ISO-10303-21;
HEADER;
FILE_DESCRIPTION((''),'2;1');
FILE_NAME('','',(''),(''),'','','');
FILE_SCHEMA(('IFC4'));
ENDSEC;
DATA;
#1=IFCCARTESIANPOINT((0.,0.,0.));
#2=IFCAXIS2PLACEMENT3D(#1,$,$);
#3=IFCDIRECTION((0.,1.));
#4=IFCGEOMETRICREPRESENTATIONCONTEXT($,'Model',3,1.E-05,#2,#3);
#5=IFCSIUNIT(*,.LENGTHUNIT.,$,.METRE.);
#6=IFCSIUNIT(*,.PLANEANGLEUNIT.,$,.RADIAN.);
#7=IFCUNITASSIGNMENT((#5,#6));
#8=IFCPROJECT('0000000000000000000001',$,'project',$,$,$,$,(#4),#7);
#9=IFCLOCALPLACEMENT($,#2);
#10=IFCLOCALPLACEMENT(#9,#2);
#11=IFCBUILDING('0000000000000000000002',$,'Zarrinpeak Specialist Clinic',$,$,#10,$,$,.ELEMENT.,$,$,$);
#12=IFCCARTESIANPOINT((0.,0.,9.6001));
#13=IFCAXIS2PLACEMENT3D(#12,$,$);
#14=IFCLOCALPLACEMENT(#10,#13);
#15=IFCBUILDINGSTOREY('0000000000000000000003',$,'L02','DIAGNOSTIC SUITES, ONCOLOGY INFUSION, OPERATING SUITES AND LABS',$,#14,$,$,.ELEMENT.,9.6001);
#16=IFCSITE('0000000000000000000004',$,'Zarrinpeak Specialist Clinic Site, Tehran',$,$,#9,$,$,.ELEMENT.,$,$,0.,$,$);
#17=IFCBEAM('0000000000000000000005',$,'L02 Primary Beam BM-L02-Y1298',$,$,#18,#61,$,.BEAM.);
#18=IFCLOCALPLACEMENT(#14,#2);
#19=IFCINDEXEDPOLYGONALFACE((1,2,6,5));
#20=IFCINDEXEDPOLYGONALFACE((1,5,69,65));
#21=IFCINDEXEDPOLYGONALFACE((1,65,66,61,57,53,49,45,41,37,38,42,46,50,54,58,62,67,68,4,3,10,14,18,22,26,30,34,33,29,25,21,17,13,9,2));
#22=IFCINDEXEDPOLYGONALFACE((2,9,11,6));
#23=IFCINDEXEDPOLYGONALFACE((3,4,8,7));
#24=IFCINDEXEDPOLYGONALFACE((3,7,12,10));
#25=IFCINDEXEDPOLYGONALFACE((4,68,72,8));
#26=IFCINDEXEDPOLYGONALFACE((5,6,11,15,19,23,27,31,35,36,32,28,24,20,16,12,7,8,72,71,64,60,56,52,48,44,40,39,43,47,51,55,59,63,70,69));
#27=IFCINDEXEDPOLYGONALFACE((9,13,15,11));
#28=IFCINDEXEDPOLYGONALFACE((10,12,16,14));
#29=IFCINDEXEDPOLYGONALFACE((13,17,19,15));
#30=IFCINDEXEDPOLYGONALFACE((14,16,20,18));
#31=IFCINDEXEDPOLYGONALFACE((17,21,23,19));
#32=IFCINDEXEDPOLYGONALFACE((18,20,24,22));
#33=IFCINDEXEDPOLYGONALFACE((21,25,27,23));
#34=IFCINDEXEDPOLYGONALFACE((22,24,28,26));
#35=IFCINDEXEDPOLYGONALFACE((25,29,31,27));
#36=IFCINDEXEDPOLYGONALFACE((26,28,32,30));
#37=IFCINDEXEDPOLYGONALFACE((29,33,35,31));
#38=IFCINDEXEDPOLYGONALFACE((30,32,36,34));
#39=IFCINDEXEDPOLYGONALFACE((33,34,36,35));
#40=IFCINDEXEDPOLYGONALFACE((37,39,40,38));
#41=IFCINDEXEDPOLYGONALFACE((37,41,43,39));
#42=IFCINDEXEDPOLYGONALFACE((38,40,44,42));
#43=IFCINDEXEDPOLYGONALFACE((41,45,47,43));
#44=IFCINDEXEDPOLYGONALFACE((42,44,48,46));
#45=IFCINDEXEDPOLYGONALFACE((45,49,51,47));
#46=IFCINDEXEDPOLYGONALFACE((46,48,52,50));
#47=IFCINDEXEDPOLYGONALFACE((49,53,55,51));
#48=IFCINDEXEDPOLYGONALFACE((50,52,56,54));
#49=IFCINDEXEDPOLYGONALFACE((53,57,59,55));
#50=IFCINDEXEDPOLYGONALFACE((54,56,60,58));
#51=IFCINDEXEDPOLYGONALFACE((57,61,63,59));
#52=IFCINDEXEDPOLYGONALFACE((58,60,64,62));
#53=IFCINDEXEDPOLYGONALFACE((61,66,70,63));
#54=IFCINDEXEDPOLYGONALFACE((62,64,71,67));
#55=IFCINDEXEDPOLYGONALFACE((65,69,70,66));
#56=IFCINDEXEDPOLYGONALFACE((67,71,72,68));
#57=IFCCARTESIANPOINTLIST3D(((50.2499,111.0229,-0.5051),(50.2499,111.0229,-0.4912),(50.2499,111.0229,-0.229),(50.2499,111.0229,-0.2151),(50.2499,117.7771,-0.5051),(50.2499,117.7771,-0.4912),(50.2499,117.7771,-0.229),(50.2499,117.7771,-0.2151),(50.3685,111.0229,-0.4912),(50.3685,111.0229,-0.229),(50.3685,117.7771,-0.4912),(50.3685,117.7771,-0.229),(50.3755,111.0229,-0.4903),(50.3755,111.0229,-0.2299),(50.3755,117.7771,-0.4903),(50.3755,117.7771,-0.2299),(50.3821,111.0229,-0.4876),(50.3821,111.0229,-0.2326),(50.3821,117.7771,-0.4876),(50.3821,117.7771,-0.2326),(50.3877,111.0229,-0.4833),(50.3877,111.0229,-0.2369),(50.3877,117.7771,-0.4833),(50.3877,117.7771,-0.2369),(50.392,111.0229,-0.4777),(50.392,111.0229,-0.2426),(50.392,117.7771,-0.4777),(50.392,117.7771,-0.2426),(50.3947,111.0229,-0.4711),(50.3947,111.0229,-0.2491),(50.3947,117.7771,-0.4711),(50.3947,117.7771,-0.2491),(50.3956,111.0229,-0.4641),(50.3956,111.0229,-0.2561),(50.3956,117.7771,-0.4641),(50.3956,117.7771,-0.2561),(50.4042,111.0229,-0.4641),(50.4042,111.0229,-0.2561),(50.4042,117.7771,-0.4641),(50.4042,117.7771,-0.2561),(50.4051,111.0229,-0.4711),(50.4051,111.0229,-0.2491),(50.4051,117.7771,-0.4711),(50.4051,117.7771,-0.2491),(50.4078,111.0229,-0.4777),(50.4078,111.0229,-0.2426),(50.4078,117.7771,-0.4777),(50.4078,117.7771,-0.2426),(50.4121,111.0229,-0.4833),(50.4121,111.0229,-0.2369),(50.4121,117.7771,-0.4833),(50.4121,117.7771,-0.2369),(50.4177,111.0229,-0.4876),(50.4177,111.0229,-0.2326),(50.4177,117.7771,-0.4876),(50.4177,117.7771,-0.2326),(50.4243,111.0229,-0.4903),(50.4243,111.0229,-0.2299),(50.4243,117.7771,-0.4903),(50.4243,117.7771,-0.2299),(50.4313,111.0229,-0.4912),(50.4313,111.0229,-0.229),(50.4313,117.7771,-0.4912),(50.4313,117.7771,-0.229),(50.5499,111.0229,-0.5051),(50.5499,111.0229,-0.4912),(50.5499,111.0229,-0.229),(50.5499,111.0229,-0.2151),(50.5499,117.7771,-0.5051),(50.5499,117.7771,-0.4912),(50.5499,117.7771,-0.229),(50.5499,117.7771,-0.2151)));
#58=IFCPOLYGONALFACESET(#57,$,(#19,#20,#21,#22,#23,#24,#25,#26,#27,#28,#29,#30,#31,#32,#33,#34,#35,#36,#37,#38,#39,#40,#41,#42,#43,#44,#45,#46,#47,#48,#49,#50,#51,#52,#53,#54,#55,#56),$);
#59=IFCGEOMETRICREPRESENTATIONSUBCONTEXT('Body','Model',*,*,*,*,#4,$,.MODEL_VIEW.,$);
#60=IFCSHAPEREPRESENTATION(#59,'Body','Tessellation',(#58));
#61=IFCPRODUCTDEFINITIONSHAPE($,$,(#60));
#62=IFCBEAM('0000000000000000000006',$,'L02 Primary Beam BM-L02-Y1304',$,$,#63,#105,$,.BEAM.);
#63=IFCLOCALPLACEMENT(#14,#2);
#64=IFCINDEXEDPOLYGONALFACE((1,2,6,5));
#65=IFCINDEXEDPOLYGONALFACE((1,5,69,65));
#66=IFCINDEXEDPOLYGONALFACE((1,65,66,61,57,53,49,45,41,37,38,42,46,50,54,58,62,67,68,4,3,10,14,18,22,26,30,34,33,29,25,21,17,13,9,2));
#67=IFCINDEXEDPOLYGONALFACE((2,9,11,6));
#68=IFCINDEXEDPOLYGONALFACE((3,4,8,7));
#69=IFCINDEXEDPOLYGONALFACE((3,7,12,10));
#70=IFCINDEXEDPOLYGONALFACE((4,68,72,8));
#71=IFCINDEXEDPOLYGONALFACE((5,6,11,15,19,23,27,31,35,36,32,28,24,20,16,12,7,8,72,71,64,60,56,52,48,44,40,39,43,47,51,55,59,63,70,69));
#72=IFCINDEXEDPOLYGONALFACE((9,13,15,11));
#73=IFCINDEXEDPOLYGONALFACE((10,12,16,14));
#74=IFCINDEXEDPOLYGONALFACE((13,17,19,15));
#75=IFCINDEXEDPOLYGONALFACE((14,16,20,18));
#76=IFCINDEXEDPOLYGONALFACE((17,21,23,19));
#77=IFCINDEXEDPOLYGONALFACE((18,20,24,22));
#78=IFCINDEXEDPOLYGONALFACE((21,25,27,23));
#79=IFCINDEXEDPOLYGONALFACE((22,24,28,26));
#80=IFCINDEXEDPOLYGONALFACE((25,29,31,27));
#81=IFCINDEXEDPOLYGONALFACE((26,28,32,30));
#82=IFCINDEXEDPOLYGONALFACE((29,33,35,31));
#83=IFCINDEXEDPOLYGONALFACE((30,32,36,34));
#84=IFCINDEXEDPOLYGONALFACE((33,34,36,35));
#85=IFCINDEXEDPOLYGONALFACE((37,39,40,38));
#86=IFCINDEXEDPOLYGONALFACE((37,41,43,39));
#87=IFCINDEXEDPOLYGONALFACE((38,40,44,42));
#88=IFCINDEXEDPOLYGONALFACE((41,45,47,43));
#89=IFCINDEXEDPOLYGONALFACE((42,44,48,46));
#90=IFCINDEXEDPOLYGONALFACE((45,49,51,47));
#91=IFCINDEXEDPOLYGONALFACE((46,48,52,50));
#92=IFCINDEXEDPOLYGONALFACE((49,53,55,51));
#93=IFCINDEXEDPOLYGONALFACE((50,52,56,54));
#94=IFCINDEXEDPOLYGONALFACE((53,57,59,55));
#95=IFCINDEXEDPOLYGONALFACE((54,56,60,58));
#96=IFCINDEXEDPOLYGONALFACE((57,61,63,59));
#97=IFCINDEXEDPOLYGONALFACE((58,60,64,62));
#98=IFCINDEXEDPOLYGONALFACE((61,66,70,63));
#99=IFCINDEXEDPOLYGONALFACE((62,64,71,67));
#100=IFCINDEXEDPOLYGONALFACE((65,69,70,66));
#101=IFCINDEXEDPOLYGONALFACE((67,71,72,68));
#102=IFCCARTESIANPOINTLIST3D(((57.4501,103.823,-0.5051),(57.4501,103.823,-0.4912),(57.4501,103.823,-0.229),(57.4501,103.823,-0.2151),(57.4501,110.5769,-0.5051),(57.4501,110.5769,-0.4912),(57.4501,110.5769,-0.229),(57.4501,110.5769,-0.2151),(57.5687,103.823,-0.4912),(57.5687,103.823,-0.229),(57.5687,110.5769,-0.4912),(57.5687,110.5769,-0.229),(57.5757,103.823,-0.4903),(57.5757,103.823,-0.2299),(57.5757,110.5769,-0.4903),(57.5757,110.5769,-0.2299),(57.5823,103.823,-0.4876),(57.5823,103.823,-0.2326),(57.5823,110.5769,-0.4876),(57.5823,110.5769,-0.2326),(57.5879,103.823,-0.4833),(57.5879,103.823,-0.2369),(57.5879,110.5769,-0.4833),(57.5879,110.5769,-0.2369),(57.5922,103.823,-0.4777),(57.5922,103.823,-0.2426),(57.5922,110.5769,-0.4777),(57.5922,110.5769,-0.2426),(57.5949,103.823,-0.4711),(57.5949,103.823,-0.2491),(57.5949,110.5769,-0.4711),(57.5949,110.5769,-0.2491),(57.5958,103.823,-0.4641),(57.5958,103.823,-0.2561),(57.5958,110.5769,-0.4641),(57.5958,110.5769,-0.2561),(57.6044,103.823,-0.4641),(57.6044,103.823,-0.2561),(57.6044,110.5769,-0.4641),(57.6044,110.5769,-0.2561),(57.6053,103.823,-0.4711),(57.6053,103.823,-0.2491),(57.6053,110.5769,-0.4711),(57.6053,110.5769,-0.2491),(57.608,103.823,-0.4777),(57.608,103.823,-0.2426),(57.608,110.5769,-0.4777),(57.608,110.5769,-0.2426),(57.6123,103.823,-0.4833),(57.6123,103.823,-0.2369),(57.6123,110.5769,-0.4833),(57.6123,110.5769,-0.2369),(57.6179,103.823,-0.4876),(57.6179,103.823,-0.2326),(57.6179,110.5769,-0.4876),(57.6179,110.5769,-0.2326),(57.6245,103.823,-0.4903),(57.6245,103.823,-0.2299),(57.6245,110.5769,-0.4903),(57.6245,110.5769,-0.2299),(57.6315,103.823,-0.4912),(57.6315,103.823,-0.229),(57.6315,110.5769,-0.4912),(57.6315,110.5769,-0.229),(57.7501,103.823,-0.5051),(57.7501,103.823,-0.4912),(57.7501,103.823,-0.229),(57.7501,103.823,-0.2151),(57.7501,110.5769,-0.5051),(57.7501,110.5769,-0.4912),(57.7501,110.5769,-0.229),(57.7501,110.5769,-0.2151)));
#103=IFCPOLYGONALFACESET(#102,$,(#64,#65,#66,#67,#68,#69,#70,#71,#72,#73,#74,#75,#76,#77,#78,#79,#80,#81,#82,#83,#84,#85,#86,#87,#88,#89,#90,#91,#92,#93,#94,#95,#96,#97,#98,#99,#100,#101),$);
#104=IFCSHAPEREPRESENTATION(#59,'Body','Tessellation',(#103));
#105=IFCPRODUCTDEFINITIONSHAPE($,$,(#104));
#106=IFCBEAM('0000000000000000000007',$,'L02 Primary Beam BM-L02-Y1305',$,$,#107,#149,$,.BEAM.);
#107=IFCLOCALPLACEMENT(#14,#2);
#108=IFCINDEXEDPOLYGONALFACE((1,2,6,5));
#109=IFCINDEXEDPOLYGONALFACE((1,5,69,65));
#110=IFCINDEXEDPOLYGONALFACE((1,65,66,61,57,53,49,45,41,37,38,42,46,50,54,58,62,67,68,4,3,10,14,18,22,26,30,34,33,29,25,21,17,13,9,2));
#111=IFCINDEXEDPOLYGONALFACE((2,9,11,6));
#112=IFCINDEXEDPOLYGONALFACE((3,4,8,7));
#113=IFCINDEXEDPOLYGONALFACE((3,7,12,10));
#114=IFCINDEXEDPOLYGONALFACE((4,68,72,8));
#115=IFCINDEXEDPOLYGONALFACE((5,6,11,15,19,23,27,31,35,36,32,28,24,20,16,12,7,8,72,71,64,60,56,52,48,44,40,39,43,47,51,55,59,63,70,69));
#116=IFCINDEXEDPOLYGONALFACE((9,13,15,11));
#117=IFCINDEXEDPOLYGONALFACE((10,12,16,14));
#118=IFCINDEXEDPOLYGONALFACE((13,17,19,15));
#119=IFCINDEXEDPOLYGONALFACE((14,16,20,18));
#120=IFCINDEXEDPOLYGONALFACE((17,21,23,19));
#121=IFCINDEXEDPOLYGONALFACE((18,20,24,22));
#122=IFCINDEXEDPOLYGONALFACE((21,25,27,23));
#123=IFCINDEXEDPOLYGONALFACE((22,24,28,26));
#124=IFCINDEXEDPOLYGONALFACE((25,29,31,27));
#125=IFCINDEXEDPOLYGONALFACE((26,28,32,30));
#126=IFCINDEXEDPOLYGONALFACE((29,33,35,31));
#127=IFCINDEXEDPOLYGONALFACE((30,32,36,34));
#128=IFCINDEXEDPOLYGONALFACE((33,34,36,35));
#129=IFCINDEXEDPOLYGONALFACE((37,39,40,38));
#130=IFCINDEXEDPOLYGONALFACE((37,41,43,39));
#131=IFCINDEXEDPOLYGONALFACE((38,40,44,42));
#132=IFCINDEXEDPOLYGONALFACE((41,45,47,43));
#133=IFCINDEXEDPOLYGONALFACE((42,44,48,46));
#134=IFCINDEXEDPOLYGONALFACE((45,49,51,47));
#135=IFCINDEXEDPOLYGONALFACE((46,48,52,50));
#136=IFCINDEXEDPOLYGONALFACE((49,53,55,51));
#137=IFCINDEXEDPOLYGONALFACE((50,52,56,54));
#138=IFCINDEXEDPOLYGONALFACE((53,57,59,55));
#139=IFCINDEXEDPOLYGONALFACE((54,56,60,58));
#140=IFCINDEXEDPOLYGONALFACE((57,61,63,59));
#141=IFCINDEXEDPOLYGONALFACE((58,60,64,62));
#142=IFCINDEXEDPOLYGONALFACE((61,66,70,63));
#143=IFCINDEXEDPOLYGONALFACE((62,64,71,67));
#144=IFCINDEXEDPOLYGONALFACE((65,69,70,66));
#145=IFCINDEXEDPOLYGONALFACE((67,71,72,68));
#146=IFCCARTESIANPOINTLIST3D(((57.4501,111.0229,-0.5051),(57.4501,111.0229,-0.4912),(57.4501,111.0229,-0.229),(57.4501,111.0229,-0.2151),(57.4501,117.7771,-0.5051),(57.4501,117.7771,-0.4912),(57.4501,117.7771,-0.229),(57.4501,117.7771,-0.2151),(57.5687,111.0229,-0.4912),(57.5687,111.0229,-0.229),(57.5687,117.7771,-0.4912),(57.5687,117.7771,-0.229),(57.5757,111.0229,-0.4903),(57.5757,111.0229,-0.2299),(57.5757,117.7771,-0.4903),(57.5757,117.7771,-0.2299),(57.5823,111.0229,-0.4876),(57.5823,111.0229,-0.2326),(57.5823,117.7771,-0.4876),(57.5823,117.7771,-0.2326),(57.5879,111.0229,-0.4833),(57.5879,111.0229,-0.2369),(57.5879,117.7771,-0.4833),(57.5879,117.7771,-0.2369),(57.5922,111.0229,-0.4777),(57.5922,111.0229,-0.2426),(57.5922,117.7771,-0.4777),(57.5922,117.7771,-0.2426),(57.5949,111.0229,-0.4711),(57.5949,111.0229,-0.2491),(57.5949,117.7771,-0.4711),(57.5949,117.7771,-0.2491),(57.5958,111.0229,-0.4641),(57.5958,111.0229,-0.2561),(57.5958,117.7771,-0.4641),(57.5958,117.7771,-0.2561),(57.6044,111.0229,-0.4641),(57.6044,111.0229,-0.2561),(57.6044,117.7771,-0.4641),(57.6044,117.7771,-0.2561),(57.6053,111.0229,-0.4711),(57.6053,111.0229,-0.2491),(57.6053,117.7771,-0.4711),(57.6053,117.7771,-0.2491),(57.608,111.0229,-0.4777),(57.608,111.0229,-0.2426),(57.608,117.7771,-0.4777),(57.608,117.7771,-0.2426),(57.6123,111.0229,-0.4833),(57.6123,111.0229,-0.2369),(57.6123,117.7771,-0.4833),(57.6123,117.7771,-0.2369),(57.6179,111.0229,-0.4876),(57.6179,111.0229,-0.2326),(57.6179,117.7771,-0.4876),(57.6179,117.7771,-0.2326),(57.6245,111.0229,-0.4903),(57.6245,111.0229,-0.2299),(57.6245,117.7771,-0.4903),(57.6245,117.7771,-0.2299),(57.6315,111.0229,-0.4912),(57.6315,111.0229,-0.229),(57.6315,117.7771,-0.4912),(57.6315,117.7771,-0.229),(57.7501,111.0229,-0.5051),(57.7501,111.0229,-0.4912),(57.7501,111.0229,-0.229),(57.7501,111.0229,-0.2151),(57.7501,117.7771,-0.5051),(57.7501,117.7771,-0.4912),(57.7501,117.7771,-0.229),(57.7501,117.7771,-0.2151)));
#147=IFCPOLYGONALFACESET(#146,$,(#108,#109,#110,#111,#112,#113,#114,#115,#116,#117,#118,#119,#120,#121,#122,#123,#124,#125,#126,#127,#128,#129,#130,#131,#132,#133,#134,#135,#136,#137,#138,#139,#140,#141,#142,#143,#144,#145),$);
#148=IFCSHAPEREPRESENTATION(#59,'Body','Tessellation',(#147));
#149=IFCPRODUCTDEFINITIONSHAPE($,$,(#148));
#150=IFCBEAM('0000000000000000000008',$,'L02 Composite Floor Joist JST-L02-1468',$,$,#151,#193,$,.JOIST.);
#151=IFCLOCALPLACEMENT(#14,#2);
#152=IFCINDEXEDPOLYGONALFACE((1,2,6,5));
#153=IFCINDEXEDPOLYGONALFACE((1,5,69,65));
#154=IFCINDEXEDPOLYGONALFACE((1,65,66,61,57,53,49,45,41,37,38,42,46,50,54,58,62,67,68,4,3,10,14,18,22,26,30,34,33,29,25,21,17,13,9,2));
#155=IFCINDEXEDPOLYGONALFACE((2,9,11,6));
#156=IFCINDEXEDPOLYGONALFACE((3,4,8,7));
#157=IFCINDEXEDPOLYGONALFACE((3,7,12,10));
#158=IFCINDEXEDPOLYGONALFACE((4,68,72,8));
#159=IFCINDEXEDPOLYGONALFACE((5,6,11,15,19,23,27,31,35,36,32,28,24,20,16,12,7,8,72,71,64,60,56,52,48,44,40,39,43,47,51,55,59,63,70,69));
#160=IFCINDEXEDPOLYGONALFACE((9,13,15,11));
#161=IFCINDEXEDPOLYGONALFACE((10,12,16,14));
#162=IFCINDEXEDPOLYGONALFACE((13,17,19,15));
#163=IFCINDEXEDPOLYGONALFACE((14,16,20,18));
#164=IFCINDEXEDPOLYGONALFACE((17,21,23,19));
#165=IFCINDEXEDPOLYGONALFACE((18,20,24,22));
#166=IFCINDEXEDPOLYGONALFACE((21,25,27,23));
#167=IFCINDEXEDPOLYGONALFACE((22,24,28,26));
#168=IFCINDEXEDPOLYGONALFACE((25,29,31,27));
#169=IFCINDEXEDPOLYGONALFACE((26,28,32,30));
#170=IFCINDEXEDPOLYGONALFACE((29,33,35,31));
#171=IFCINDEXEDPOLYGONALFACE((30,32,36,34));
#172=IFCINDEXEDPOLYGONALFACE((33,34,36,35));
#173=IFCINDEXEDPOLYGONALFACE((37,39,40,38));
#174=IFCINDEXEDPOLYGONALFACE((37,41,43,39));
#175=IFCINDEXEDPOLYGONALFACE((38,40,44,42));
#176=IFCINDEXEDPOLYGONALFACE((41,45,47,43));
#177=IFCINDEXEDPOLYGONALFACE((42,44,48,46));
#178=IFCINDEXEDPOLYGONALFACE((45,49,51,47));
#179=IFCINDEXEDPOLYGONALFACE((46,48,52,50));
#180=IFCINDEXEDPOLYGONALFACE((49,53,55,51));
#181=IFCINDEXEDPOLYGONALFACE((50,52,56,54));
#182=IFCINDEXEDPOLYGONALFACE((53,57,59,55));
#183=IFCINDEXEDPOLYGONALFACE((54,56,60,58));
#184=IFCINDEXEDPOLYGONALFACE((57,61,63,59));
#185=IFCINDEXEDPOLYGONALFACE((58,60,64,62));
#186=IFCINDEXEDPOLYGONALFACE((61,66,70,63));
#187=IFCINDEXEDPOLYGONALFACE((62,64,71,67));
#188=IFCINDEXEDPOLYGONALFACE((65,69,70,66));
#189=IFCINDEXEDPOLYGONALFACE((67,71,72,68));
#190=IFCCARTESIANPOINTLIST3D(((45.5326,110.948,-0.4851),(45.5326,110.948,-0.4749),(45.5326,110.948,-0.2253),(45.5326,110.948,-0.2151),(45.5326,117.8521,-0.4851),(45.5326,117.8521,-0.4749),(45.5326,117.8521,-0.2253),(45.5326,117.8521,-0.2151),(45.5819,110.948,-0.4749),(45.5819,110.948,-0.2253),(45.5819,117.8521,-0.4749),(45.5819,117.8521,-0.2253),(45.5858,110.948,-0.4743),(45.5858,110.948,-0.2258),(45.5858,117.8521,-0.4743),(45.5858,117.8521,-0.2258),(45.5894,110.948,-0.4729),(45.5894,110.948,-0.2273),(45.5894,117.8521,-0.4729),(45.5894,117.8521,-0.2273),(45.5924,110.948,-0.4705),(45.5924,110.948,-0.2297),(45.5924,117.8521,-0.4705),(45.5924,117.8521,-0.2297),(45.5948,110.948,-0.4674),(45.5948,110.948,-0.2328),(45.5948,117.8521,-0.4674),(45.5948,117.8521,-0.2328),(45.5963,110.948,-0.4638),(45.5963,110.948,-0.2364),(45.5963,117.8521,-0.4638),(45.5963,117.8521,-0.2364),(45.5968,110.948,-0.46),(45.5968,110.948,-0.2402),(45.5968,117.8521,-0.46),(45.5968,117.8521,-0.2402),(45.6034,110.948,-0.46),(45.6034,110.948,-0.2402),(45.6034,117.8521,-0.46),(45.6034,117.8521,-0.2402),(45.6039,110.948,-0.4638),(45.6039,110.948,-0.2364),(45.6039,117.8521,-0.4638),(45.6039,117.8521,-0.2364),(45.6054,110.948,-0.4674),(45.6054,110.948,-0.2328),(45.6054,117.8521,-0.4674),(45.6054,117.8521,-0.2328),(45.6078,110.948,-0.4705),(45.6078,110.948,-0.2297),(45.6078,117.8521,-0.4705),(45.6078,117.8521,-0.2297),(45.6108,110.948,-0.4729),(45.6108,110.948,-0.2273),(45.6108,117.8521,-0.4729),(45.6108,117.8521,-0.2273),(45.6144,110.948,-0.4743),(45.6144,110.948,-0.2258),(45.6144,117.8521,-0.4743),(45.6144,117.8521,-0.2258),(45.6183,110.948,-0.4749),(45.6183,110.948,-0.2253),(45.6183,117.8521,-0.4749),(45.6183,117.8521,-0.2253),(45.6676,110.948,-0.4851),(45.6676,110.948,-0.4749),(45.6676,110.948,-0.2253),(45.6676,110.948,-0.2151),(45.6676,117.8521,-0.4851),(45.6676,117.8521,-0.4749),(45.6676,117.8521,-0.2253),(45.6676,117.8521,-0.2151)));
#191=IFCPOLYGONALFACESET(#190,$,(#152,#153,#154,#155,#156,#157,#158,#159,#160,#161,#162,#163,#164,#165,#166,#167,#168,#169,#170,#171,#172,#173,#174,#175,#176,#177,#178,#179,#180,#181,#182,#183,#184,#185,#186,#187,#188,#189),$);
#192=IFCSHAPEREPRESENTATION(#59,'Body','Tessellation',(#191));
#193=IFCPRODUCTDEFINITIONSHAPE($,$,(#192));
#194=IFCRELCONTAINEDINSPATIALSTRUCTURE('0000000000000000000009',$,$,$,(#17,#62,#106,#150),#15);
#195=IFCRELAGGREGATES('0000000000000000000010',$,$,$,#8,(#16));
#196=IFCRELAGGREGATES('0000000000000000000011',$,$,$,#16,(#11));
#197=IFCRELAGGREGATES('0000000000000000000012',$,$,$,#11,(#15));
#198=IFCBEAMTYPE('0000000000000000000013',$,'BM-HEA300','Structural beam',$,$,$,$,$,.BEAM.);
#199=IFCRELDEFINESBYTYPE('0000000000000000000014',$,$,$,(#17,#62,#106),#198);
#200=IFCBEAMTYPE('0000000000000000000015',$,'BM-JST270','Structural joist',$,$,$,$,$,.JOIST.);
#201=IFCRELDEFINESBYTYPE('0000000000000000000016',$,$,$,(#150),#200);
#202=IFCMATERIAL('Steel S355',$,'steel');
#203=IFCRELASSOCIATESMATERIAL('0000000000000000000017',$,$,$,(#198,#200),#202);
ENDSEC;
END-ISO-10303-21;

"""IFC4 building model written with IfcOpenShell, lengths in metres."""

from ifc_helpers import new_model, si_unit, direction, frame, origin, origin_2d, place, context, subcontext, project, spatial, i_section, extrude, material, material_profile, profile_set, type_object, element, save


model = new_model("IFC4")

# Units and contexts
model_context = context("Model", 3, precision=1e-05, world=origin(), true_north=direction((0.0, 1.0)))
body_context = subcontext(model_context, "Body", "Model", "MODEL_VIEW")
ifc_project = project(units=[si_unit("LENGTHUNIT", "METRE"), si_unit("PLANEANGLEUNIT", "RADIAN")], contexts=[model_context])

# Site, building, storey
site_placement = place(None, origin())
site = spatial("IfcSite", under=ifc_project, at=site_placement, Name="Zarrinpeak Specialist Clinic Site, Tehran", CompositionType="ELEMENT", RefElevation=0.0)
building_placement = place(site_placement, origin())
building = spatial("IfcBuilding", under=site, at=building_placement, Name="Zarrinpeak Specialist Clinic", CompositionType="ELEMENT")
storey_placement = place(building_placement, frame((0.0, 0.0, 9.6001)))
storey = spatial("IfcBuildingStorey", under=building, at=storey_placement, Name="L02", Description="DIAGNOSTIC SUITES, ONCOLOGY INFUSION, OPERATING SUITES AND LABS", CompositionType="ELEMENT", Elevation=9.6001)

# Shared definitions
ifc_material_1 = material(Name="Steel S355", Category="steel")

# Beams
ifc_material_profile_1 = material_profile(ifc_material_1, i_section(OverallWidth=0.3, OverallDepth=0.29, WebThickness=0.0085, FlangeThickness=0.0139, FilletRadius=0.0271, at=origin_2d()), Name="HEA 300")
ifc_profile_set_1 = profile_set([ifc_material_profile_1], Name="Steel S355")
beam_type_1 = type_object("IfcBeamType", Name="BM-HEA300", Description="Structural beam", PredefinedType="BEAM", material=ifc_profile_set_1)
beam_1_placement = place(storey_placement, frame((50.3999, 111.0229, -0.3601), z_axis=(0.0, 1.0, 0.0), x_axis=(-1.0, 0.0, 0.0)))
element("IfcBeam", 1, at=beam_1_placement, inside=storey, type_object=beam_type_1, Name="L02 Primary Beam BM-L02-Y1298", PredefinedType="BEAM", context=body_context, shape_type="SweptSolid", body=[
    extrude(i_section(OverallWidth=0.3, OverallDepth=0.29, WebThickness=0.0085, FlangeThickness=0.0139, FilletRadius=0.0271, at=origin_2d()), origin(), (0.0, 0.0, 1.0), 6.7542),
])
beam_2_placement = place(storey_placement, frame((57.6001, 103.823, -0.3601), z_axis=(0.0, 1.0, 0.0), x_axis=(-1.0, 0.0, 0.0)))
element("IfcBeam", 2, at=beam_2_placement, inside=storey, type_object=beam_type_1, Name="L02 Primary Beam BM-L02-Y1304", PredefinedType="BEAM", context=body_context, shape_type="SweptSolid", body=[
    extrude(i_section(OverallWidth=0.3, OverallDepth=0.29, WebThickness=0.0085, FlangeThickness=0.0139, FilletRadius=0.0271, at=origin_2d()), origin(), (0.0, 0.0, 1.0), 6.7539),
])
beam_3_placement = place(storey_placement, frame((57.6001, 111.0229, -0.3601), z_axis=(0.0, 1.0, 0.0), x_axis=(-1.0, 0.0, 0.0)))
element("IfcBeam", 3, at=beam_3_placement, inside=storey, type_object=beam_type_1, Name="L02 Primary Beam BM-L02-Y1305", PredefinedType="BEAM", context=body_context, shape_type="SweptSolid", body=[
    extrude(i_section(OverallWidth=0.3, OverallDepth=0.29, WebThickness=0.0085, FlangeThickness=0.0139, FilletRadius=0.0271, at=origin_2d()), origin(), (0.0, 0.0, 1.0), 6.7542),
])
ifc_material_profile_2 = material_profile(ifc_material_1, i_section(OverallWidth=0.135, OverallDepth=0.27, WebThickness=0.0066, FlangeThickness=0.0103, FilletRadius=0.0149, at=origin_2d()), Name="IPE 270")
ifc_profile_set_2 = profile_set([ifc_material_profile_2], Name="Steel S355")
beam_type_2 = type_object("IfcBeamType", Name="BM-JST270", Description="Structural joist", PredefinedType="JOIST", material=ifc_profile_set_2)
for number, where, z_axis, x_axis, name in (
    (4, (45.6001, 110.948, -0.3501), (0.0, 1.0, 0.0), (-1.0, 0.0, 0.0), "L02 Composite Floor Joist JST-L02-1468"),
):
    element("IfcBeam", number, at=place(storey_placement, frame(where, z_axis=z_axis, x_axis=x_axis)), inside=storey, type_object=beam_type_2, Name=name, PredefinedType="JOIST", context=body_context, shape_type="SweptSolid", body=[
        extrude(i_section(OverallWidth=0.135, OverallDepth=0.27, WebThickness=0.0066, FlangeThickness=0.0103, FilletRadius=0.0149, at=origin_2d()), origin(), (0.0, 0.0, 1.0), 6.9041),
    ])

save(model, "model.ifc")
